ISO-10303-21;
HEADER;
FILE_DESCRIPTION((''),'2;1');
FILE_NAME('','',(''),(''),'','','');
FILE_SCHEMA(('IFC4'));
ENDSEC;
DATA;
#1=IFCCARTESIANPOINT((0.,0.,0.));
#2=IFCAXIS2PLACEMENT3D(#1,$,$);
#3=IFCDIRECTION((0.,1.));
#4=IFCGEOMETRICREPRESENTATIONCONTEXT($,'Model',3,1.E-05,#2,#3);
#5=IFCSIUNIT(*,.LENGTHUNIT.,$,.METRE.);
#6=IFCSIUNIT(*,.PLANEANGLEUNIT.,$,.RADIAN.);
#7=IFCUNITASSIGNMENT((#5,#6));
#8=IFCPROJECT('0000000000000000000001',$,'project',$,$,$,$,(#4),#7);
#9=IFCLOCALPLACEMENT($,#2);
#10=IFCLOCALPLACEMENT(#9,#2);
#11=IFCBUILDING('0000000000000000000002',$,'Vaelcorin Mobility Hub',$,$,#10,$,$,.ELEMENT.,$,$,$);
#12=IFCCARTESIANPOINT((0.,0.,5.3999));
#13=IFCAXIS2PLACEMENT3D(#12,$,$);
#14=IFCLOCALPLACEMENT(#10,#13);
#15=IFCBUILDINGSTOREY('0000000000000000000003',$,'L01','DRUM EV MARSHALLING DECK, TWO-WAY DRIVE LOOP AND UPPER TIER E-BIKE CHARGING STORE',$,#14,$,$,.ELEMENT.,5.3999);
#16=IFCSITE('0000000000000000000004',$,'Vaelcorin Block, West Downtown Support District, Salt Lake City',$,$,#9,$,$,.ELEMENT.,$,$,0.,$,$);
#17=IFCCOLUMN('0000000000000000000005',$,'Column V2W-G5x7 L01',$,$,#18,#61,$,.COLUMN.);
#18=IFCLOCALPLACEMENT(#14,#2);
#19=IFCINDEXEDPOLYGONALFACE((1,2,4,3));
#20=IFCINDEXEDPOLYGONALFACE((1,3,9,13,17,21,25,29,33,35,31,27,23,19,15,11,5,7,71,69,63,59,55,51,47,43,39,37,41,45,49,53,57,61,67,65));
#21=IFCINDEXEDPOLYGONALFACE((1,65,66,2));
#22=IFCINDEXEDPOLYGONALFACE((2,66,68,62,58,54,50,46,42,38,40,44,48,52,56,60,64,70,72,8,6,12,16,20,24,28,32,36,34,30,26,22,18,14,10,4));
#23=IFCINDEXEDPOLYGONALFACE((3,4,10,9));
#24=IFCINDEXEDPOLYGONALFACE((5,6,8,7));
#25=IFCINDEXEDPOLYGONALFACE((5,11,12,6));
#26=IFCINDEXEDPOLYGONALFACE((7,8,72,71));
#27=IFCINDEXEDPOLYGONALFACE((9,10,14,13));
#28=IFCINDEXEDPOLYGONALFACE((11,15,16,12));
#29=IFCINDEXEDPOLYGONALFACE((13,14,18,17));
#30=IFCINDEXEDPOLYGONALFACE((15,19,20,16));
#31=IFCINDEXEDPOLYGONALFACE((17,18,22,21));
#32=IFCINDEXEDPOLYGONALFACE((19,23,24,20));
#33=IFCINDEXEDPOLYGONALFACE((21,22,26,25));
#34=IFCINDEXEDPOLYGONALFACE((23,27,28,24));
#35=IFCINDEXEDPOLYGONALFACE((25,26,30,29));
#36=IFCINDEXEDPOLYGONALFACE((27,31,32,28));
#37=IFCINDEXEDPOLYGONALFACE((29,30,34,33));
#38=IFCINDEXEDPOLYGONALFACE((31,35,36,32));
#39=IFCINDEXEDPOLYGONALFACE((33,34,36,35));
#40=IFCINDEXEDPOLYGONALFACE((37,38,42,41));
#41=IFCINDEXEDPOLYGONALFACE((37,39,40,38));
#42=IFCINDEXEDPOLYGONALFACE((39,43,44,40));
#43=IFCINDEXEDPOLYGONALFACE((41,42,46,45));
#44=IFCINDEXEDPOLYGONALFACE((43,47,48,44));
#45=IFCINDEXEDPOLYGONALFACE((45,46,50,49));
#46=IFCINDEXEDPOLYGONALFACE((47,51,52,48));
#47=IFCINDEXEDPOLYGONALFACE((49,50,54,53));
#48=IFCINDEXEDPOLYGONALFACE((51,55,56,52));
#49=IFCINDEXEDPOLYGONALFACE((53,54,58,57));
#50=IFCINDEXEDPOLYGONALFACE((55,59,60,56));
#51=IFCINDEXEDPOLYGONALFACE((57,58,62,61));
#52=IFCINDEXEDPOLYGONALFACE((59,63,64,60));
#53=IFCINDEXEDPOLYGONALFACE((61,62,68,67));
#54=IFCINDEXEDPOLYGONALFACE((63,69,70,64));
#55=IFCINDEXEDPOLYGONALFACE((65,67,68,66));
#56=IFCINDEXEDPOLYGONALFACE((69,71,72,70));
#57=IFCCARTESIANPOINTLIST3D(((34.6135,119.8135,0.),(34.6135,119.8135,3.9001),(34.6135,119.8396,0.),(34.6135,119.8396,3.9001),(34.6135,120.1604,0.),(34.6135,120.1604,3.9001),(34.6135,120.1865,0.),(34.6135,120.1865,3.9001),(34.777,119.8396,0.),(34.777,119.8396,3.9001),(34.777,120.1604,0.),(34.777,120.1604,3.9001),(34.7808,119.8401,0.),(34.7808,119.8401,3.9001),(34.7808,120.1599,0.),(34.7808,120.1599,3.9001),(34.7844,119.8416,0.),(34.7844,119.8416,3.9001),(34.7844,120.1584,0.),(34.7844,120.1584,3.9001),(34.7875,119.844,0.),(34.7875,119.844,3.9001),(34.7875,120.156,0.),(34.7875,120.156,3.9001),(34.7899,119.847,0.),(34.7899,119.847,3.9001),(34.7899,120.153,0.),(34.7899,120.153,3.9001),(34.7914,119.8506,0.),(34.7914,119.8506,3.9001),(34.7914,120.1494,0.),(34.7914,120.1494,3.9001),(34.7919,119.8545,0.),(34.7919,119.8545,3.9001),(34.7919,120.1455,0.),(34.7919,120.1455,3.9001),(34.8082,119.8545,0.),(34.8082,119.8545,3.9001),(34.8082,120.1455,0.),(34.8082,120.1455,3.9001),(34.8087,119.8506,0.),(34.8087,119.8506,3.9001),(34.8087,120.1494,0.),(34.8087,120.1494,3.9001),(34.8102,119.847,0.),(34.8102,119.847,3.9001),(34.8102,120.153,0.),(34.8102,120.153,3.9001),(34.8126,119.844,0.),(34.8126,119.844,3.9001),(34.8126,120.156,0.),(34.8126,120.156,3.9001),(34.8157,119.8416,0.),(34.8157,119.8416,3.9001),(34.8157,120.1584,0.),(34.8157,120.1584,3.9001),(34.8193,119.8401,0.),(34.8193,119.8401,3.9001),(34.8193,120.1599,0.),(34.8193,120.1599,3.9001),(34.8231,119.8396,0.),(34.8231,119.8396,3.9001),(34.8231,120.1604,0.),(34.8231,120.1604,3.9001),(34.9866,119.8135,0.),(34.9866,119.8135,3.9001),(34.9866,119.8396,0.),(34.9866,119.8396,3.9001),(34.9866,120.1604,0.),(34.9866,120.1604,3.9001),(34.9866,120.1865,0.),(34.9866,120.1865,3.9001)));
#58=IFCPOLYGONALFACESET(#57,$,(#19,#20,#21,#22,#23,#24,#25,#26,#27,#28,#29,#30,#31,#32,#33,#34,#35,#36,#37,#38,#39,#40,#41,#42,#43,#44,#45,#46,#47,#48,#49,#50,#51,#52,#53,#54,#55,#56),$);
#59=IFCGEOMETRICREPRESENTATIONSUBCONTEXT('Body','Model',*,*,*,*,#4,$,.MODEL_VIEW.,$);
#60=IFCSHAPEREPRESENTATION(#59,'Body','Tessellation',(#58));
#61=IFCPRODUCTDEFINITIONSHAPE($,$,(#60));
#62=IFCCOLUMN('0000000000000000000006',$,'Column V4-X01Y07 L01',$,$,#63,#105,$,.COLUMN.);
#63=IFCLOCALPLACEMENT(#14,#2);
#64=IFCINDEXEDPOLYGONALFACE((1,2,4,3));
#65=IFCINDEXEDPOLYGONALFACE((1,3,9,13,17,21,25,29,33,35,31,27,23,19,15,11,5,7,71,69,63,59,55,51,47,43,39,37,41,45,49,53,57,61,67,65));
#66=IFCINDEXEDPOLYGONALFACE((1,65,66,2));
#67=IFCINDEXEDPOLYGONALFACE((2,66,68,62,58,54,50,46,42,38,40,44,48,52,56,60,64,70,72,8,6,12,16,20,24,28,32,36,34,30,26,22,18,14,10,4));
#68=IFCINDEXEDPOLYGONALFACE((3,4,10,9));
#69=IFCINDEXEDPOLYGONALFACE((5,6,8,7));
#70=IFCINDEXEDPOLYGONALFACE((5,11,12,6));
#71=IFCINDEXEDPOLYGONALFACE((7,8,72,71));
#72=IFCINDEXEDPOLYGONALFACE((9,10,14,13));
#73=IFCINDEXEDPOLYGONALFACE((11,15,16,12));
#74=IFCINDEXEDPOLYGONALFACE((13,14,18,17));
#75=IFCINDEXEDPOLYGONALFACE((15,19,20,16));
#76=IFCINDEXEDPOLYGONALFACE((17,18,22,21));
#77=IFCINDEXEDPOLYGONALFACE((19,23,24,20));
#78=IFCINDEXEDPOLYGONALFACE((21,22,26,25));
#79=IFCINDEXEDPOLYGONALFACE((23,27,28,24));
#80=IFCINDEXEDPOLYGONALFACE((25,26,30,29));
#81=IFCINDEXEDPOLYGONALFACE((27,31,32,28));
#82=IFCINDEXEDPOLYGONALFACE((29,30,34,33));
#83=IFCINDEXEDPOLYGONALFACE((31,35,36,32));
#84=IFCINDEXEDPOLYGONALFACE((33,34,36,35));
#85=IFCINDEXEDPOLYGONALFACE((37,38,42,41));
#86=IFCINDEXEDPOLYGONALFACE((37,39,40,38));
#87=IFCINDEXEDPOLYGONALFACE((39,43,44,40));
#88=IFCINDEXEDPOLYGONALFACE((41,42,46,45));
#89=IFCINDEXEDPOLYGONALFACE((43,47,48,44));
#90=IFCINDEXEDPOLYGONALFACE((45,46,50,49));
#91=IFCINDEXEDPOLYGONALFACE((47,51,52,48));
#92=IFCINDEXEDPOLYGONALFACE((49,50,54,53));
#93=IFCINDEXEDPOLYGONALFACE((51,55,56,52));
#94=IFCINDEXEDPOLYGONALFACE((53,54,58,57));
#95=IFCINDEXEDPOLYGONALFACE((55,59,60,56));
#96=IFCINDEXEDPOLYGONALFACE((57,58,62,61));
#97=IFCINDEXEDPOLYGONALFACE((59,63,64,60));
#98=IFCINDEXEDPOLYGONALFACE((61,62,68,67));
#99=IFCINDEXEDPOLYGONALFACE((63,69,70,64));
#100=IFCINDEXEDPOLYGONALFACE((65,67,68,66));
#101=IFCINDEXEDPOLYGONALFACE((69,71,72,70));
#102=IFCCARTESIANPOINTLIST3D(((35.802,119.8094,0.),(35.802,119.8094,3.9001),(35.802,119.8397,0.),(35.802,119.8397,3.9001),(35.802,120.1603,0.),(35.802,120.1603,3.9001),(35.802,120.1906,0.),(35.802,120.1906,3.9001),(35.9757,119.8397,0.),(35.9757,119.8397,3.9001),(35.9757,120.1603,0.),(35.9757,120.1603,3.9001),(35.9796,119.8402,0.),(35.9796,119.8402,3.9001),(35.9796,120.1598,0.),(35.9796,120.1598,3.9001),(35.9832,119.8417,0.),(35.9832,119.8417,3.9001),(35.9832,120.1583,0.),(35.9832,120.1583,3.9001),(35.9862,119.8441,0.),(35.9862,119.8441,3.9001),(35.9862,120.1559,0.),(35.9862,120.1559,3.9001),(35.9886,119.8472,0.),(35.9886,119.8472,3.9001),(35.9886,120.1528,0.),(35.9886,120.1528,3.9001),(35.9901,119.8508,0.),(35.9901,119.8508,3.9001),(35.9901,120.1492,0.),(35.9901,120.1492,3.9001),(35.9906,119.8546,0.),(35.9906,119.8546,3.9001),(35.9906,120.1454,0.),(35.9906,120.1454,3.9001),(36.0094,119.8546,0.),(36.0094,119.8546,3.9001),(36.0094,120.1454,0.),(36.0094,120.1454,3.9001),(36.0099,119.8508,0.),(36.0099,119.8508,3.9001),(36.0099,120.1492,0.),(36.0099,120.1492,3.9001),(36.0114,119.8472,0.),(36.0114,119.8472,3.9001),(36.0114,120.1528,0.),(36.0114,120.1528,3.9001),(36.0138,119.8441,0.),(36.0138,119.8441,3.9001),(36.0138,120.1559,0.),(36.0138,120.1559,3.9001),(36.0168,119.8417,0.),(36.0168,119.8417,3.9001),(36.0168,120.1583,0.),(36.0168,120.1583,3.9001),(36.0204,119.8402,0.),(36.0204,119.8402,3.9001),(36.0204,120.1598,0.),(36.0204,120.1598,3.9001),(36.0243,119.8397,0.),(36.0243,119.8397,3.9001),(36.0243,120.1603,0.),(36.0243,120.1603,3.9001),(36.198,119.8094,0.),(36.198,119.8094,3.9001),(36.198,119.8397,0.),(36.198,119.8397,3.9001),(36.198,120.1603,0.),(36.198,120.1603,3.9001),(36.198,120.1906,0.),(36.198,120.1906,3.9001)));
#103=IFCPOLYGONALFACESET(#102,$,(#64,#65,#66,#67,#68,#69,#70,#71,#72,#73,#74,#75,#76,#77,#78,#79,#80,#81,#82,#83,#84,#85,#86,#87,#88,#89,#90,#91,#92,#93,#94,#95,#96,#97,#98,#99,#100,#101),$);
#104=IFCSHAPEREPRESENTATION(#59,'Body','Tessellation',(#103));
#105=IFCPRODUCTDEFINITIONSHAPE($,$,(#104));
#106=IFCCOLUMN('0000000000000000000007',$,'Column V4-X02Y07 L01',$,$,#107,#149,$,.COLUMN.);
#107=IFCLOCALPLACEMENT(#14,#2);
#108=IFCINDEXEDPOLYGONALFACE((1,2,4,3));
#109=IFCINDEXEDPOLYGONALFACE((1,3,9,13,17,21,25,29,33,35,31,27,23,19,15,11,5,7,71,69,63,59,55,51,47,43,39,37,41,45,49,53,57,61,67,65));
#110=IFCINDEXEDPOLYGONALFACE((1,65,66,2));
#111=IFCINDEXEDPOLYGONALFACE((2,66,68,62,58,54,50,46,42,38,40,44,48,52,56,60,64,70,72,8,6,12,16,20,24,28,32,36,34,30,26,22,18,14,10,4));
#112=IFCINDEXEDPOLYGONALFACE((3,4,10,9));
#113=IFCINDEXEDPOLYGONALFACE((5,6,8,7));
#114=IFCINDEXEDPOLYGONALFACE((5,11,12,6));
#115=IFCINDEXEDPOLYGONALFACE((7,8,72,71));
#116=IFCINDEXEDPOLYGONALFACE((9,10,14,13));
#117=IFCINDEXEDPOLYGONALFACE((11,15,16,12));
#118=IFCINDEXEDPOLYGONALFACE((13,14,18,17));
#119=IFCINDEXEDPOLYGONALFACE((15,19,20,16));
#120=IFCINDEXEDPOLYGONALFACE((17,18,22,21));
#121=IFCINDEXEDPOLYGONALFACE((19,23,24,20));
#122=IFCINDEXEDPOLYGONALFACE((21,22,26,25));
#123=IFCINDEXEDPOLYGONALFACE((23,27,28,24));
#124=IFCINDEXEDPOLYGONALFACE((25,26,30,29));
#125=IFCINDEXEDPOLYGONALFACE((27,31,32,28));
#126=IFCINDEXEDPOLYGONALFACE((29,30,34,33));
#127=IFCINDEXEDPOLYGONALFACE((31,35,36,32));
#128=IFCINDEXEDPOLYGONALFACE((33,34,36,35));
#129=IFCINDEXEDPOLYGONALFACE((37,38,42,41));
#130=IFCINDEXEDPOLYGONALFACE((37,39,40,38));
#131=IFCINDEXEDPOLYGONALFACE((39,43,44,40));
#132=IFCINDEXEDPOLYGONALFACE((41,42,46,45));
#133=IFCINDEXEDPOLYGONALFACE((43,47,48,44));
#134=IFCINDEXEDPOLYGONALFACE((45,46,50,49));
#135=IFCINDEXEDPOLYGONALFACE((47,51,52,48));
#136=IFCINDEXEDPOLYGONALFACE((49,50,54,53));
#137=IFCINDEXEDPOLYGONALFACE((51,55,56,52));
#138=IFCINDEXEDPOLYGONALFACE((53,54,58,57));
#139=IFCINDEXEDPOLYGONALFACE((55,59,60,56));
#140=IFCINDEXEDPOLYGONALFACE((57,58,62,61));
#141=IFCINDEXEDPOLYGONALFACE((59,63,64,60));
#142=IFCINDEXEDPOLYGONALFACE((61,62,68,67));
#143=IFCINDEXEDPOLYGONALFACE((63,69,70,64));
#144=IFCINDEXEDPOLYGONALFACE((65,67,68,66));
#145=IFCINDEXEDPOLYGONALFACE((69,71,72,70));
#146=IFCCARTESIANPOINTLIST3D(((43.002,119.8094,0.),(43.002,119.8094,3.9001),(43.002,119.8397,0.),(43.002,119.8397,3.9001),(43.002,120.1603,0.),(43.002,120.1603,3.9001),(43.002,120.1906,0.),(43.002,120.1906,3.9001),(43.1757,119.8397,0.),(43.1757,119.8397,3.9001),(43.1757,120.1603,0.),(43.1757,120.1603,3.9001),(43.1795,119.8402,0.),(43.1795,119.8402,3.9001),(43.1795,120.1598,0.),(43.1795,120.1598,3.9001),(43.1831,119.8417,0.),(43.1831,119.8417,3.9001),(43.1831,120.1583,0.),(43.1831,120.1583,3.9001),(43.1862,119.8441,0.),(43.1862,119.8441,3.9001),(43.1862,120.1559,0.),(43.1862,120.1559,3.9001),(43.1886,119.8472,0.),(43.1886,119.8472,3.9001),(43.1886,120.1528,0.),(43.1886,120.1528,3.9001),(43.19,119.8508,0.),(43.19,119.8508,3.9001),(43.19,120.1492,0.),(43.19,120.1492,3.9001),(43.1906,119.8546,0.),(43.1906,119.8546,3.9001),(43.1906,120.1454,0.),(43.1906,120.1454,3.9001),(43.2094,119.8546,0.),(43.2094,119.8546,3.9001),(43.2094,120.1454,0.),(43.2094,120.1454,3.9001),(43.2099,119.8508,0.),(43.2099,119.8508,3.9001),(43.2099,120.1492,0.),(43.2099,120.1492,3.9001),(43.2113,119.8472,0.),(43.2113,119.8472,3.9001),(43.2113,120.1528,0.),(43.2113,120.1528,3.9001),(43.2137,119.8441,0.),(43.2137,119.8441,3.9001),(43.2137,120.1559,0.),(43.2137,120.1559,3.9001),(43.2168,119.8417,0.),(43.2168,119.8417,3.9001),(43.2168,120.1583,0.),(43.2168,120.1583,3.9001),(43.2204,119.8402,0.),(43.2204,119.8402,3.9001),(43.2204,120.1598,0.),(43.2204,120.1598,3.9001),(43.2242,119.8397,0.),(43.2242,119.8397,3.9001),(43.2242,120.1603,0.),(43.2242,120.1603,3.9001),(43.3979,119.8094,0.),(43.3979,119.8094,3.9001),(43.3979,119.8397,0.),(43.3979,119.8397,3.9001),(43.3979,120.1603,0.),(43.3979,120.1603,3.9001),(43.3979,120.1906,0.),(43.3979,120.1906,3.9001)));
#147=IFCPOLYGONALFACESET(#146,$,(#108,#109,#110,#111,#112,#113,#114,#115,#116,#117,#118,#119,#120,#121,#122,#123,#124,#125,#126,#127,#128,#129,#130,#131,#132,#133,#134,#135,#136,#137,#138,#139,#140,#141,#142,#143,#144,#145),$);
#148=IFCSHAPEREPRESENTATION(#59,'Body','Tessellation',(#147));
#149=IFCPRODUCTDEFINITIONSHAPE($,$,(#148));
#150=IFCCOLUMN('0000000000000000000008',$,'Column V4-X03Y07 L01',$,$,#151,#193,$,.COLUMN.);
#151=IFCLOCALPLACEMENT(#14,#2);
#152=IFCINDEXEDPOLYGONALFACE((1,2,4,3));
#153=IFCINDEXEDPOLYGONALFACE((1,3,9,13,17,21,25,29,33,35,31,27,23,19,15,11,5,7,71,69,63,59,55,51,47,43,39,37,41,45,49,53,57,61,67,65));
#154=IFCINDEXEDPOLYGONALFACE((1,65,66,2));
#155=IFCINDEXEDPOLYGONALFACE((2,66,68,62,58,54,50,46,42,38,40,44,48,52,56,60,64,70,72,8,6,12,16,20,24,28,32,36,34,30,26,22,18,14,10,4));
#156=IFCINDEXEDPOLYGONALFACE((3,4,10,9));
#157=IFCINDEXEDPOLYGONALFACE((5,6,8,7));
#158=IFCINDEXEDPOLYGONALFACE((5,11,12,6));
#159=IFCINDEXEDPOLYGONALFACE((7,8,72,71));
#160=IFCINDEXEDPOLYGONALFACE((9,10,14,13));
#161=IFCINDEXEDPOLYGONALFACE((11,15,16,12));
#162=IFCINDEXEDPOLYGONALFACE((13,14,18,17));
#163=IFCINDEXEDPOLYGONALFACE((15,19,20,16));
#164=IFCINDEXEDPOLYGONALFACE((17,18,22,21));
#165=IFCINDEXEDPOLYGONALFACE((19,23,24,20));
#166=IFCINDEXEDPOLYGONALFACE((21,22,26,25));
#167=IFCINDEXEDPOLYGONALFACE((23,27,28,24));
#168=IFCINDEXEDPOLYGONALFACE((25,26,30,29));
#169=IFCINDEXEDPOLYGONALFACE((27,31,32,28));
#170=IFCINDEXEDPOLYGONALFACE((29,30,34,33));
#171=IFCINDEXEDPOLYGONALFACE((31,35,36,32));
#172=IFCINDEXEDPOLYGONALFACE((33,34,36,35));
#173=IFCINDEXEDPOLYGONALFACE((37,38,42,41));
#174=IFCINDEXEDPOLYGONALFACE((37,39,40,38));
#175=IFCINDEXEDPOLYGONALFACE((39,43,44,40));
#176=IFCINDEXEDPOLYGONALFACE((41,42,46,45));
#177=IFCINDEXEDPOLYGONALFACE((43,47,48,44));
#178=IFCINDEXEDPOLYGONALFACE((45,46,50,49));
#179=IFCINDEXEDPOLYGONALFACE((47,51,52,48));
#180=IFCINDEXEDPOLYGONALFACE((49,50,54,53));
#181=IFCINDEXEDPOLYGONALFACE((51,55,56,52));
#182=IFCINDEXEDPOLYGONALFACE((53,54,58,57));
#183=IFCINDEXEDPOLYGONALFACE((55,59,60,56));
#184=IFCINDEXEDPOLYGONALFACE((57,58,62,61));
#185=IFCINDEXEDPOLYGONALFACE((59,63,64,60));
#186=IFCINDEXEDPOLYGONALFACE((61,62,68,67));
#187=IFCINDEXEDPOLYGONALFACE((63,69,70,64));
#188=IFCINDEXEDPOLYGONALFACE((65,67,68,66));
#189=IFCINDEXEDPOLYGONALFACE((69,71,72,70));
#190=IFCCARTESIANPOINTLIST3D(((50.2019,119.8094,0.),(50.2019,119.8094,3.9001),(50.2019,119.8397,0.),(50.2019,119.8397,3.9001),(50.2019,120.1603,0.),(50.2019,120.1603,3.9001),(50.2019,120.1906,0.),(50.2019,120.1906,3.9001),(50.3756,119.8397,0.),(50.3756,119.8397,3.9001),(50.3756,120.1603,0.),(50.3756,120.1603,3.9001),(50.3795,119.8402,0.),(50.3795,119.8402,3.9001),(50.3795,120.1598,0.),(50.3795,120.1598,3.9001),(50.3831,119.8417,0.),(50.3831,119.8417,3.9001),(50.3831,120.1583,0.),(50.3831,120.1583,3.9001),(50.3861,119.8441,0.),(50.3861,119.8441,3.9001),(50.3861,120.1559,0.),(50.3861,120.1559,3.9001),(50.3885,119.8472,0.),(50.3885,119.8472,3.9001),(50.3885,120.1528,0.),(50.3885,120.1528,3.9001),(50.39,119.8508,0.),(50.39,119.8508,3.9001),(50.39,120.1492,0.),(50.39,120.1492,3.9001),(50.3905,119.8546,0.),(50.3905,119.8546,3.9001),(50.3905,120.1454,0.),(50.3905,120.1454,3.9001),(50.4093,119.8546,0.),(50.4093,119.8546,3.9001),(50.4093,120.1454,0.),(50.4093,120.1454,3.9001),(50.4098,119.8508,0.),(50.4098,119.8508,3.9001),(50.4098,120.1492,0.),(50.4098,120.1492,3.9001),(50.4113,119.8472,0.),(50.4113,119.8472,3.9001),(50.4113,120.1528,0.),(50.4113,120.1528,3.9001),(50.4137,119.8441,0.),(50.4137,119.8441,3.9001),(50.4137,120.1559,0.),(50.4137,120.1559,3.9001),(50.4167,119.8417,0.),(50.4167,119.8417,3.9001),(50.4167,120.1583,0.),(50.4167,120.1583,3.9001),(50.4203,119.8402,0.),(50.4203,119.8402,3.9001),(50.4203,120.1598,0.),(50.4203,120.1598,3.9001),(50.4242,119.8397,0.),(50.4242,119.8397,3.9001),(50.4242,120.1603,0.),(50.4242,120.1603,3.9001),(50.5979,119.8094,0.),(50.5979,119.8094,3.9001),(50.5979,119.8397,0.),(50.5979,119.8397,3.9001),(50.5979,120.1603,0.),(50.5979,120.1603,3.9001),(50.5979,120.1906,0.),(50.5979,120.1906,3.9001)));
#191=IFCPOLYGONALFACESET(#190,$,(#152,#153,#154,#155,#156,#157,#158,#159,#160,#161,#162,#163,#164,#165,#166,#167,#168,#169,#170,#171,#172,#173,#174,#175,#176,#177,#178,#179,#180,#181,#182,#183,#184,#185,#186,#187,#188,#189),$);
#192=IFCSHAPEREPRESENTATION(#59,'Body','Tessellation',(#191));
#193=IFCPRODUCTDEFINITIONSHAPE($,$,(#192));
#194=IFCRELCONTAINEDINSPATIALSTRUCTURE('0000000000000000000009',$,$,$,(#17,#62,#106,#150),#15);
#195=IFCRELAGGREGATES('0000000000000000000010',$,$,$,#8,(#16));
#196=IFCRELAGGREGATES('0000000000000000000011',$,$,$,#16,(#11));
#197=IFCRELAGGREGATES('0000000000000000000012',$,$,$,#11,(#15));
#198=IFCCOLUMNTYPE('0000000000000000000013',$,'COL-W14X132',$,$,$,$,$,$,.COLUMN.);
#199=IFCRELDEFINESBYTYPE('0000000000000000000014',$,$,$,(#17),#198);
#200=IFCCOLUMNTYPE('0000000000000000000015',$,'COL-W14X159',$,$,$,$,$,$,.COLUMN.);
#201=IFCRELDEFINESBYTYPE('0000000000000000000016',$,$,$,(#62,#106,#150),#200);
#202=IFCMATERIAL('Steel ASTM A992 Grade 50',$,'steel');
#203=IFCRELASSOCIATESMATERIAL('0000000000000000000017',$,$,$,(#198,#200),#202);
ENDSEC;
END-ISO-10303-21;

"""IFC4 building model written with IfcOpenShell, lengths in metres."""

from ifc_helpers import new_model, si_unit, direction, frame, origin, origin_2d, place, context, subcontext, project, spatial, i_section, extrude, material, material_profile, profile_set, type_object, element, save


model = new_model("IFC4")

# Units and contexts
model_context = context("Model", 3, precision=1e-05, world=origin(), true_north=direction((0.0, 1.0)))
body_context = subcontext(model_context, "Body", "Model", "MODEL_VIEW")
ifc_project = project(units=[si_unit("LENGTHUNIT", "METRE"), si_unit("PLANEANGLEUNIT", "RADIAN")], contexts=[model_context])

# Site, building, storey
site_placement = place(None, origin())
site = spatial("IfcSite", under=ifc_project, at=site_placement, Name="Vaelcorin Block, West Downtown Support District, Salt Lake City", CompositionType="ELEMENT", RefElevation=0.0)
building_placement = place(site_placement, origin())
building = spatial("IfcBuilding", under=site, at=building_placement, Name="Vaelcorin Mobility Hub", CompositionType="ELEMENT")
storey_placement = place(building_placement, frame((0.0, 0.0, 5.3999)))
storey = spatial("IfcBuildingStorey", under=building, at=storey_placement, Name="L01", Description="DRUM EV MARSHALLING DECK, TWO-WAY DRIVE LOOP AND UPPER TIER E-BIKE CHARGING STORE", CompositionType="ELEMENT", Elevation=5.3999)

# Columns
ifc_material_1 = material(Name="Steel ASTM A992 Grade 50", Category="steel")
ifc_material_profile_1 = material_profile(ifc_material_1, i_section(OverallWidth=0.373, OverallDepth=0.373, WebThickness=0.0164, FlangeThickness=0.0261, FilletRadius=0.0149, at=origin_2d()), Name="W14X132")
ifc_profile_set_1 = profile_set([ifc_material_profile_1], Name="Steel ASTM A992 Grade 50")
column_type_1 = type_object("IfcColumnType", Name="COL-W14X132", PredefinedType="COLUMN", material=ifc_profile_set_1)
column_placement = place(storey_placement, frame((34.8, 120.0, 0.0), z_axis=(0.0, 0.0, 1.0), x_axis=(1.0, 0.0, 0.0)))
element("IfcColumn", 1, at=column_placement, inside=storey, type_object=column_type_1, Name="Column V2W-G5x7 L01", PredefinedType="COLUMN", context=body_context, shape_type="SweptSolid", body=[
    extrude(i_section(OverallWidth=0.373, OverallDepth=0.373, WebThickness=0.0164, FlangeThickness=0.0261, FilletRadius=0.0149, at=origin_2d()), origin(), (0.0, 0.0, 1.0), 3.9001),
])
ifc_material_profile_2 = material_profile(ifc_material_1, i_section(OverallWidth=0.396, OverallDepth=0.3811, WebThickness=0.0188, FlangeThickness=0.0303, FilletRadius=0.0149, at=origin_2d()), Name="W14X159")
ifc_profile_set_2 = profile_set([ifc_material_profile_2], Name="Steel ASTM A992 Grade 50")
column_type_2 = type_object("IfcColumnType", Name="COL-W14X159", PredefinedType="COLUMN", material=ifc_profile_set_2)
for number, where, z_axis, x_axis, name in (
    (2, (36.0, 120.0, 0.0), (0.0, 0.0, 1.0), (1.0, 0.0, 0.0), "Column V4-X01Y07 L01"),
    (3, (43.2, 120.0, 0.0), (0.0, 0.0, 1.0), (1.0, 0.0, 0.0), "Column V4-X02Y07 L01"),
    (4, (50.3999, 120.0, 0.0), (0.0, 0.0, 1.0), (1.0, 0.0, 0.0), "Column V4-X03Y07 L01"),
):
    element("IfcColumn", number, at=place(storey_placement, frame(where, z_axis=z_axis, x_axis=x_axis)), inside=storey, type_object=column_type_2, Name=name, PredefinedType="COLUMN", context=body_context, shape_type="SweptSolid", body=[
        extrude(i_section(OverallWidth=0.396, OverallDepth=0.3811, WebThickness=0.0188, FlangeThickness=0.0303, FilletRadius=0.0149, at=origin_2d()), origin(), (0.0, 0.0, 1.0), 3.9001),
    ])

save(model, "model.ifc")
